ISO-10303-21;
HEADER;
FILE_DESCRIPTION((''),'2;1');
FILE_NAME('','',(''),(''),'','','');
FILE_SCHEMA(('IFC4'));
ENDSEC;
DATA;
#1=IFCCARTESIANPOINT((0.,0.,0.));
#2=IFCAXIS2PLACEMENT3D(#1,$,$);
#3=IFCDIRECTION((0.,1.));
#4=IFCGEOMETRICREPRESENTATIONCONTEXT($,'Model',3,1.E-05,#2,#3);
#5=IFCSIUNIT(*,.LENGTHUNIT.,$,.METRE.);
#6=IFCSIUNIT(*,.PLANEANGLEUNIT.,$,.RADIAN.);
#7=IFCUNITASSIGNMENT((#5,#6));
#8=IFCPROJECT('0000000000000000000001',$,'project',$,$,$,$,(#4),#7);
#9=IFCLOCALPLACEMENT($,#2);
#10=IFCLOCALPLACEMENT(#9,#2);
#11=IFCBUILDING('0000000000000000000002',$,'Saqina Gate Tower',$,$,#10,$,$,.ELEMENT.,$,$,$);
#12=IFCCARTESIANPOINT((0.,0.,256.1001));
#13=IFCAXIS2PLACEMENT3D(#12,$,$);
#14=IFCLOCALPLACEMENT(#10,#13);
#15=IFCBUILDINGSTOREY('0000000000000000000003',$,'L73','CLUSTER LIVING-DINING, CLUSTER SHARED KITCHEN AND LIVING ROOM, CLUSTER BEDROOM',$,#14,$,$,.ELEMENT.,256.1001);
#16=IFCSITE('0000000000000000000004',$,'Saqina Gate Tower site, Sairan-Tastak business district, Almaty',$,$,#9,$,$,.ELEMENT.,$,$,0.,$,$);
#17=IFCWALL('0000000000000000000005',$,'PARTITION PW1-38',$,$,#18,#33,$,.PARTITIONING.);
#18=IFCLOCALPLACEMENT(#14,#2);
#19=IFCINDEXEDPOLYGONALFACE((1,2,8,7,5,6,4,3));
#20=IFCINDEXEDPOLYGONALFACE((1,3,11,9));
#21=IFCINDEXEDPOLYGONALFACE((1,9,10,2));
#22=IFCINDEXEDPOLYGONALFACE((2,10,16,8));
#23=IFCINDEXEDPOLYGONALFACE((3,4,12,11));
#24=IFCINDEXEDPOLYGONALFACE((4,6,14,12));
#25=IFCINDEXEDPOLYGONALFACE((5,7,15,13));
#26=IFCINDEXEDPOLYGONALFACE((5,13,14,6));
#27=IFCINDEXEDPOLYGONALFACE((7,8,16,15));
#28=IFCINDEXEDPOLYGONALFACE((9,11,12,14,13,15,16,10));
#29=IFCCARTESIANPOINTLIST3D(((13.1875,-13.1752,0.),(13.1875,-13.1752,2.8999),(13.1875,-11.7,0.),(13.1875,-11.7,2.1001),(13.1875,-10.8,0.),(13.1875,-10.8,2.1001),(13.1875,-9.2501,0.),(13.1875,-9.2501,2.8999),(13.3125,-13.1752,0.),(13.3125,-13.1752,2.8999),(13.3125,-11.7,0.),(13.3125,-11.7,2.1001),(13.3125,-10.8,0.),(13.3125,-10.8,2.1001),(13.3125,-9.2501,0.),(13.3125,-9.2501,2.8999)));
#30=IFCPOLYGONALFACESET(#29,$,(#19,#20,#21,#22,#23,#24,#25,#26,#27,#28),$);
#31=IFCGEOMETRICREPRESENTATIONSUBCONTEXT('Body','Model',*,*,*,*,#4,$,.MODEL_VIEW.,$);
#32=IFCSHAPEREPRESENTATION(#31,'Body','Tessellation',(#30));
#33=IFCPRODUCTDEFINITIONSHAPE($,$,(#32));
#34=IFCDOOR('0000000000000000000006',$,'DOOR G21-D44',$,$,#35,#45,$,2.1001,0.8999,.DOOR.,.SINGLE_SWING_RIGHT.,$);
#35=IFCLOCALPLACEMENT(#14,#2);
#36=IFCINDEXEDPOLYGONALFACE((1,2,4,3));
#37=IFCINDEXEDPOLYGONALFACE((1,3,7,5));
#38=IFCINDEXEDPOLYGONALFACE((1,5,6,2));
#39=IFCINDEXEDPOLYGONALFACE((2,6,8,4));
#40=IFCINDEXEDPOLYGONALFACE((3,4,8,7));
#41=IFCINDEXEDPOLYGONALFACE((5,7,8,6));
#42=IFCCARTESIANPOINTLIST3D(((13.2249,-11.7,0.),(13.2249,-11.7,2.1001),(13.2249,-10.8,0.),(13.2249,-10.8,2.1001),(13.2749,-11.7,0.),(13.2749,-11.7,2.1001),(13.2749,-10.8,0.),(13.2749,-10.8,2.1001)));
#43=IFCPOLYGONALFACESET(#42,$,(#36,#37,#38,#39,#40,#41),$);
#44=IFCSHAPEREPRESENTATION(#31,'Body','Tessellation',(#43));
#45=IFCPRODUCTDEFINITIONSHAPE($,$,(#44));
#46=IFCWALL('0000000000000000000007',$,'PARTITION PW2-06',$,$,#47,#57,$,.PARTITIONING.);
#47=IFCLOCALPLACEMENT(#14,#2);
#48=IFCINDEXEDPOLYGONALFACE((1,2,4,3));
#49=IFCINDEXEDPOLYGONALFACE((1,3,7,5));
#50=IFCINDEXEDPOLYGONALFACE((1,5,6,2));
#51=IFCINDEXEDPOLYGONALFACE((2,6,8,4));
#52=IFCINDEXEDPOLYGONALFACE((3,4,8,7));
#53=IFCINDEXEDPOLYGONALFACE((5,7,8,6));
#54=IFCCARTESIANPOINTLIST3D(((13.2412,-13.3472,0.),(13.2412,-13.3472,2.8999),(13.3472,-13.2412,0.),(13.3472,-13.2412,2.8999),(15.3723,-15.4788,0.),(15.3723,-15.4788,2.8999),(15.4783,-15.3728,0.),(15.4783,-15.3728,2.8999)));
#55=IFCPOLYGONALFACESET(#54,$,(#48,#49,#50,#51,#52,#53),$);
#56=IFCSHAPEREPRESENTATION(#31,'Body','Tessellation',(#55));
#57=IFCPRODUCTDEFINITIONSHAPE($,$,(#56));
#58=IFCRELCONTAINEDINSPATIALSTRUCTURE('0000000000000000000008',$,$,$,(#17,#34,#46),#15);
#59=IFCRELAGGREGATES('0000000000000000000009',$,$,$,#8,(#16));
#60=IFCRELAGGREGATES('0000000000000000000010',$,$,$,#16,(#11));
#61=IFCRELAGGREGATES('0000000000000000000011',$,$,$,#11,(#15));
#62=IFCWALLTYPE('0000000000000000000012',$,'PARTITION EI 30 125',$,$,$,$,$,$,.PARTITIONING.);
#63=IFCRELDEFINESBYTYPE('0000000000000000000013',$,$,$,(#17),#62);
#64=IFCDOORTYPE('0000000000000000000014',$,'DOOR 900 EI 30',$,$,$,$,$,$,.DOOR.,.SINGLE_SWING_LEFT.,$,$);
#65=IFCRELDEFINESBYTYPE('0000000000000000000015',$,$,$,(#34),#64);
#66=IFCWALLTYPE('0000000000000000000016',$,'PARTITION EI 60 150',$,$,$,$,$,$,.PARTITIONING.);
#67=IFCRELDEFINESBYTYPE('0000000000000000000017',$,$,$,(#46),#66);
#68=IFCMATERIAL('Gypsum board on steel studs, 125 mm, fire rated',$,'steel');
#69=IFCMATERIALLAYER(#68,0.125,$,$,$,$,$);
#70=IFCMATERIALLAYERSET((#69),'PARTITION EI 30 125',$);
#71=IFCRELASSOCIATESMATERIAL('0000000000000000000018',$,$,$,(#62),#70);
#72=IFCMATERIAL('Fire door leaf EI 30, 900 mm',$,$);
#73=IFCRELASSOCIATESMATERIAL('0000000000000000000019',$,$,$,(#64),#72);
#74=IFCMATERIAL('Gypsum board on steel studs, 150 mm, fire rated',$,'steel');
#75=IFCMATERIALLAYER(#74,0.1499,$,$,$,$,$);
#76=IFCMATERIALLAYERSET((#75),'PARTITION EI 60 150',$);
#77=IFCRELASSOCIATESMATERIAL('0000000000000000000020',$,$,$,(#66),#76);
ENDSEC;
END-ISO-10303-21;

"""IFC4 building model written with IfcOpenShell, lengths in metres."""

from ifc_helpers import new_model, si_unit, direction, frame, frame_2d, origin, place, context, subcontext, project, spatial, rectangle, extrude, material, layer, layer_set, type_object, element, fill, save


model = new_model("IFC4")

# Units and contexts
model_context = context("Model", 3, precision=1e-05, world=origin(), true_north=direction((0.0, 1.0)))
body_context = subcontext(model_context, "Body", "Model", "MODEL_VIEW")
ifc_project = project(units=[si_unit("LENGTHUNIT", "METRE"), si_unit("PLANEANGLEUNIT", "RADIAN")], contexts=[model_context])

# Site, building, storey
site_placement = place(None, origin())
site = spatial("IfcSite", under=ifc_project, at=site_placement, Name="Saqina Gate Tower site, Sairan-Tastak business district, Almaty", CompositionType="ELEMENT", RefElevation=0.0)
building_placement = place(site_placement, origin())
building = spatial("IfcBuilding", under=site, at=building_placement, Name="Saqina Gate Tower", CompositionType="ELEMENT")
storey_placement = place(building_placement, frame((0.0, 0.0, 256.1001)))
storey = spatial("IfcBuildingStorey", under=building, at=storey_placement, Name="L73", Description="CLUSTER LIVING-DINING, CLUSTER SHARED KITCHEN AND LIVING ROOM, CLUSTER BEDROOM", CompositionType="ELEMENT", Elevation=256.1001)

# Wall, opening, door
ifc_material_1 = material(Name="Gypsum board on steel studs, 125 mm, fire rated", Category="steel")
ifc_layer_1 = layer(ifc_material_1, 0.125)
ifc_layer_set_1 = layer_set([ifc_layer_1], Name="PARTITION EI 30 125")
wall_type_1 = type_object("IfcWallType", Name="PARTITION EI 30 125", PredefinedType="PARTITIONING", material=ifc_layer_set_1)
wall_1_placement = place(storey_placement, frame((13.25, -13.175, 0.0), z_axis=(0.0, 0.0, 1.0), x_axis=(0.0, 1.0, 0.0)))
wall_1 = element("IfcWall", 1, at=wall_1_placement, inside=storey, type_object=wall_type_1, Name="PARTITION PW1-38", PredefinedType="PARTITIONING", context=body_context, shape_type="SweptSolid", body=[
    extrude(rectangle(XDim=3.925, YDim=0.125, at=frame_2d((1.9624, 0.0))), origin(), (0.0, 0.0, 1.0), 2.8999),
])
opening_1_placement = place(wall_1_placement, frame((1.4751, 0.0, 0.0)))
opening_1 = element("IfcOpeningElement", 2, at=opening_1_placement, cuts=wall_1, PredefinedType="OPENING", context=body_context, shape_type="SweptSolid", body=[
    extrude(rectangle(XDim=0.8999, YDim=2.1001, at=frame_2d((0.45, 1.05))), frame((0.0, 0.0745, 0.0), z_axis=(0.0, -1.0, 0.0), x_axis=(1.0, 0.0, 0.0)), (0.0, 0.0, 1.0), 0.1489),
])
ifc_material_2 = material(Name="Fire door leaf EI 30, 900 mm")
door_type_1 = type_object("IfcDoorType", Name="DOOR 900 EI 30", OperationType="SINGLE_SWING_LEFT", PredefinedType="DOOR", material=ifc_material_2)
door_1_placement = place(opening_1_placement, frame((0.8999, 0.0, 0.0), z_axis=(0.0, 0.0, 1.0), x_axis=(-1.0, 0.0, 0.0)))
door_1 = element("IfcDoor", 3, at=door_1_placement, inside=storey, type_object=door_type_1, Name="DOOR G21-D44", OperationType="SINGLE_SWING_RIGHT", OverallHeight=2.1001, OverallWidth=0.8999, PredefinedType="DOOR", context=body_context, shape_type="SweptSolid", body=[
    extrude(rectangle(XDim=0.8999, YDim=2.1001, at=frame_2d((0.45, 1.05))), frame((0.0, 0.0249, 0.0), z_axis=(0.0, -1.0, 0.0), x_axis=(1.0, 0.0, 0.0)), (0.0, 0.0, 1.0), 0.05),
])
fill(opening_1, door_1)

# Wall
ifc_material_3 = material(Name="Gypsum board on steel studs, 150 mm, fire rated", Category="steel")
ifc_layer_2 = layer(ifc_material_3, 0.1499)
ifc_layer_set_2 = layer_set([ifc_layer_2], Name="PARTITION EI 60 150")
wall_type_2 = type_object("IfcWallType", Name="PARTITION EI 60 150", PredefinedType="PARTITIONING", material=ifc_layer_set_2)
wall_2_placement = place(storey_placement, frame((13.2942, -13.2942, 0.0), z_axis=(0.0, 0.0, 1.0), x_axis=(0.707026, -0.707188, 0.0)))
element("IfcWall", 4, at=wall_2_placement, inside=storey, type_object=wall_type_2, Name="PARTITION PW2-06", PredefinedType="PARTITIONING", context=body_context, shape_type="SweptSolid", body=[
    extrude(rectangle(XDim=3.0142, YDim=0.1499, at=frame_2d((1.5071, 0.0))), origin(), (0.0, 0.0, 1.0), 2.8999),
])

save(model, "model.ifc")
